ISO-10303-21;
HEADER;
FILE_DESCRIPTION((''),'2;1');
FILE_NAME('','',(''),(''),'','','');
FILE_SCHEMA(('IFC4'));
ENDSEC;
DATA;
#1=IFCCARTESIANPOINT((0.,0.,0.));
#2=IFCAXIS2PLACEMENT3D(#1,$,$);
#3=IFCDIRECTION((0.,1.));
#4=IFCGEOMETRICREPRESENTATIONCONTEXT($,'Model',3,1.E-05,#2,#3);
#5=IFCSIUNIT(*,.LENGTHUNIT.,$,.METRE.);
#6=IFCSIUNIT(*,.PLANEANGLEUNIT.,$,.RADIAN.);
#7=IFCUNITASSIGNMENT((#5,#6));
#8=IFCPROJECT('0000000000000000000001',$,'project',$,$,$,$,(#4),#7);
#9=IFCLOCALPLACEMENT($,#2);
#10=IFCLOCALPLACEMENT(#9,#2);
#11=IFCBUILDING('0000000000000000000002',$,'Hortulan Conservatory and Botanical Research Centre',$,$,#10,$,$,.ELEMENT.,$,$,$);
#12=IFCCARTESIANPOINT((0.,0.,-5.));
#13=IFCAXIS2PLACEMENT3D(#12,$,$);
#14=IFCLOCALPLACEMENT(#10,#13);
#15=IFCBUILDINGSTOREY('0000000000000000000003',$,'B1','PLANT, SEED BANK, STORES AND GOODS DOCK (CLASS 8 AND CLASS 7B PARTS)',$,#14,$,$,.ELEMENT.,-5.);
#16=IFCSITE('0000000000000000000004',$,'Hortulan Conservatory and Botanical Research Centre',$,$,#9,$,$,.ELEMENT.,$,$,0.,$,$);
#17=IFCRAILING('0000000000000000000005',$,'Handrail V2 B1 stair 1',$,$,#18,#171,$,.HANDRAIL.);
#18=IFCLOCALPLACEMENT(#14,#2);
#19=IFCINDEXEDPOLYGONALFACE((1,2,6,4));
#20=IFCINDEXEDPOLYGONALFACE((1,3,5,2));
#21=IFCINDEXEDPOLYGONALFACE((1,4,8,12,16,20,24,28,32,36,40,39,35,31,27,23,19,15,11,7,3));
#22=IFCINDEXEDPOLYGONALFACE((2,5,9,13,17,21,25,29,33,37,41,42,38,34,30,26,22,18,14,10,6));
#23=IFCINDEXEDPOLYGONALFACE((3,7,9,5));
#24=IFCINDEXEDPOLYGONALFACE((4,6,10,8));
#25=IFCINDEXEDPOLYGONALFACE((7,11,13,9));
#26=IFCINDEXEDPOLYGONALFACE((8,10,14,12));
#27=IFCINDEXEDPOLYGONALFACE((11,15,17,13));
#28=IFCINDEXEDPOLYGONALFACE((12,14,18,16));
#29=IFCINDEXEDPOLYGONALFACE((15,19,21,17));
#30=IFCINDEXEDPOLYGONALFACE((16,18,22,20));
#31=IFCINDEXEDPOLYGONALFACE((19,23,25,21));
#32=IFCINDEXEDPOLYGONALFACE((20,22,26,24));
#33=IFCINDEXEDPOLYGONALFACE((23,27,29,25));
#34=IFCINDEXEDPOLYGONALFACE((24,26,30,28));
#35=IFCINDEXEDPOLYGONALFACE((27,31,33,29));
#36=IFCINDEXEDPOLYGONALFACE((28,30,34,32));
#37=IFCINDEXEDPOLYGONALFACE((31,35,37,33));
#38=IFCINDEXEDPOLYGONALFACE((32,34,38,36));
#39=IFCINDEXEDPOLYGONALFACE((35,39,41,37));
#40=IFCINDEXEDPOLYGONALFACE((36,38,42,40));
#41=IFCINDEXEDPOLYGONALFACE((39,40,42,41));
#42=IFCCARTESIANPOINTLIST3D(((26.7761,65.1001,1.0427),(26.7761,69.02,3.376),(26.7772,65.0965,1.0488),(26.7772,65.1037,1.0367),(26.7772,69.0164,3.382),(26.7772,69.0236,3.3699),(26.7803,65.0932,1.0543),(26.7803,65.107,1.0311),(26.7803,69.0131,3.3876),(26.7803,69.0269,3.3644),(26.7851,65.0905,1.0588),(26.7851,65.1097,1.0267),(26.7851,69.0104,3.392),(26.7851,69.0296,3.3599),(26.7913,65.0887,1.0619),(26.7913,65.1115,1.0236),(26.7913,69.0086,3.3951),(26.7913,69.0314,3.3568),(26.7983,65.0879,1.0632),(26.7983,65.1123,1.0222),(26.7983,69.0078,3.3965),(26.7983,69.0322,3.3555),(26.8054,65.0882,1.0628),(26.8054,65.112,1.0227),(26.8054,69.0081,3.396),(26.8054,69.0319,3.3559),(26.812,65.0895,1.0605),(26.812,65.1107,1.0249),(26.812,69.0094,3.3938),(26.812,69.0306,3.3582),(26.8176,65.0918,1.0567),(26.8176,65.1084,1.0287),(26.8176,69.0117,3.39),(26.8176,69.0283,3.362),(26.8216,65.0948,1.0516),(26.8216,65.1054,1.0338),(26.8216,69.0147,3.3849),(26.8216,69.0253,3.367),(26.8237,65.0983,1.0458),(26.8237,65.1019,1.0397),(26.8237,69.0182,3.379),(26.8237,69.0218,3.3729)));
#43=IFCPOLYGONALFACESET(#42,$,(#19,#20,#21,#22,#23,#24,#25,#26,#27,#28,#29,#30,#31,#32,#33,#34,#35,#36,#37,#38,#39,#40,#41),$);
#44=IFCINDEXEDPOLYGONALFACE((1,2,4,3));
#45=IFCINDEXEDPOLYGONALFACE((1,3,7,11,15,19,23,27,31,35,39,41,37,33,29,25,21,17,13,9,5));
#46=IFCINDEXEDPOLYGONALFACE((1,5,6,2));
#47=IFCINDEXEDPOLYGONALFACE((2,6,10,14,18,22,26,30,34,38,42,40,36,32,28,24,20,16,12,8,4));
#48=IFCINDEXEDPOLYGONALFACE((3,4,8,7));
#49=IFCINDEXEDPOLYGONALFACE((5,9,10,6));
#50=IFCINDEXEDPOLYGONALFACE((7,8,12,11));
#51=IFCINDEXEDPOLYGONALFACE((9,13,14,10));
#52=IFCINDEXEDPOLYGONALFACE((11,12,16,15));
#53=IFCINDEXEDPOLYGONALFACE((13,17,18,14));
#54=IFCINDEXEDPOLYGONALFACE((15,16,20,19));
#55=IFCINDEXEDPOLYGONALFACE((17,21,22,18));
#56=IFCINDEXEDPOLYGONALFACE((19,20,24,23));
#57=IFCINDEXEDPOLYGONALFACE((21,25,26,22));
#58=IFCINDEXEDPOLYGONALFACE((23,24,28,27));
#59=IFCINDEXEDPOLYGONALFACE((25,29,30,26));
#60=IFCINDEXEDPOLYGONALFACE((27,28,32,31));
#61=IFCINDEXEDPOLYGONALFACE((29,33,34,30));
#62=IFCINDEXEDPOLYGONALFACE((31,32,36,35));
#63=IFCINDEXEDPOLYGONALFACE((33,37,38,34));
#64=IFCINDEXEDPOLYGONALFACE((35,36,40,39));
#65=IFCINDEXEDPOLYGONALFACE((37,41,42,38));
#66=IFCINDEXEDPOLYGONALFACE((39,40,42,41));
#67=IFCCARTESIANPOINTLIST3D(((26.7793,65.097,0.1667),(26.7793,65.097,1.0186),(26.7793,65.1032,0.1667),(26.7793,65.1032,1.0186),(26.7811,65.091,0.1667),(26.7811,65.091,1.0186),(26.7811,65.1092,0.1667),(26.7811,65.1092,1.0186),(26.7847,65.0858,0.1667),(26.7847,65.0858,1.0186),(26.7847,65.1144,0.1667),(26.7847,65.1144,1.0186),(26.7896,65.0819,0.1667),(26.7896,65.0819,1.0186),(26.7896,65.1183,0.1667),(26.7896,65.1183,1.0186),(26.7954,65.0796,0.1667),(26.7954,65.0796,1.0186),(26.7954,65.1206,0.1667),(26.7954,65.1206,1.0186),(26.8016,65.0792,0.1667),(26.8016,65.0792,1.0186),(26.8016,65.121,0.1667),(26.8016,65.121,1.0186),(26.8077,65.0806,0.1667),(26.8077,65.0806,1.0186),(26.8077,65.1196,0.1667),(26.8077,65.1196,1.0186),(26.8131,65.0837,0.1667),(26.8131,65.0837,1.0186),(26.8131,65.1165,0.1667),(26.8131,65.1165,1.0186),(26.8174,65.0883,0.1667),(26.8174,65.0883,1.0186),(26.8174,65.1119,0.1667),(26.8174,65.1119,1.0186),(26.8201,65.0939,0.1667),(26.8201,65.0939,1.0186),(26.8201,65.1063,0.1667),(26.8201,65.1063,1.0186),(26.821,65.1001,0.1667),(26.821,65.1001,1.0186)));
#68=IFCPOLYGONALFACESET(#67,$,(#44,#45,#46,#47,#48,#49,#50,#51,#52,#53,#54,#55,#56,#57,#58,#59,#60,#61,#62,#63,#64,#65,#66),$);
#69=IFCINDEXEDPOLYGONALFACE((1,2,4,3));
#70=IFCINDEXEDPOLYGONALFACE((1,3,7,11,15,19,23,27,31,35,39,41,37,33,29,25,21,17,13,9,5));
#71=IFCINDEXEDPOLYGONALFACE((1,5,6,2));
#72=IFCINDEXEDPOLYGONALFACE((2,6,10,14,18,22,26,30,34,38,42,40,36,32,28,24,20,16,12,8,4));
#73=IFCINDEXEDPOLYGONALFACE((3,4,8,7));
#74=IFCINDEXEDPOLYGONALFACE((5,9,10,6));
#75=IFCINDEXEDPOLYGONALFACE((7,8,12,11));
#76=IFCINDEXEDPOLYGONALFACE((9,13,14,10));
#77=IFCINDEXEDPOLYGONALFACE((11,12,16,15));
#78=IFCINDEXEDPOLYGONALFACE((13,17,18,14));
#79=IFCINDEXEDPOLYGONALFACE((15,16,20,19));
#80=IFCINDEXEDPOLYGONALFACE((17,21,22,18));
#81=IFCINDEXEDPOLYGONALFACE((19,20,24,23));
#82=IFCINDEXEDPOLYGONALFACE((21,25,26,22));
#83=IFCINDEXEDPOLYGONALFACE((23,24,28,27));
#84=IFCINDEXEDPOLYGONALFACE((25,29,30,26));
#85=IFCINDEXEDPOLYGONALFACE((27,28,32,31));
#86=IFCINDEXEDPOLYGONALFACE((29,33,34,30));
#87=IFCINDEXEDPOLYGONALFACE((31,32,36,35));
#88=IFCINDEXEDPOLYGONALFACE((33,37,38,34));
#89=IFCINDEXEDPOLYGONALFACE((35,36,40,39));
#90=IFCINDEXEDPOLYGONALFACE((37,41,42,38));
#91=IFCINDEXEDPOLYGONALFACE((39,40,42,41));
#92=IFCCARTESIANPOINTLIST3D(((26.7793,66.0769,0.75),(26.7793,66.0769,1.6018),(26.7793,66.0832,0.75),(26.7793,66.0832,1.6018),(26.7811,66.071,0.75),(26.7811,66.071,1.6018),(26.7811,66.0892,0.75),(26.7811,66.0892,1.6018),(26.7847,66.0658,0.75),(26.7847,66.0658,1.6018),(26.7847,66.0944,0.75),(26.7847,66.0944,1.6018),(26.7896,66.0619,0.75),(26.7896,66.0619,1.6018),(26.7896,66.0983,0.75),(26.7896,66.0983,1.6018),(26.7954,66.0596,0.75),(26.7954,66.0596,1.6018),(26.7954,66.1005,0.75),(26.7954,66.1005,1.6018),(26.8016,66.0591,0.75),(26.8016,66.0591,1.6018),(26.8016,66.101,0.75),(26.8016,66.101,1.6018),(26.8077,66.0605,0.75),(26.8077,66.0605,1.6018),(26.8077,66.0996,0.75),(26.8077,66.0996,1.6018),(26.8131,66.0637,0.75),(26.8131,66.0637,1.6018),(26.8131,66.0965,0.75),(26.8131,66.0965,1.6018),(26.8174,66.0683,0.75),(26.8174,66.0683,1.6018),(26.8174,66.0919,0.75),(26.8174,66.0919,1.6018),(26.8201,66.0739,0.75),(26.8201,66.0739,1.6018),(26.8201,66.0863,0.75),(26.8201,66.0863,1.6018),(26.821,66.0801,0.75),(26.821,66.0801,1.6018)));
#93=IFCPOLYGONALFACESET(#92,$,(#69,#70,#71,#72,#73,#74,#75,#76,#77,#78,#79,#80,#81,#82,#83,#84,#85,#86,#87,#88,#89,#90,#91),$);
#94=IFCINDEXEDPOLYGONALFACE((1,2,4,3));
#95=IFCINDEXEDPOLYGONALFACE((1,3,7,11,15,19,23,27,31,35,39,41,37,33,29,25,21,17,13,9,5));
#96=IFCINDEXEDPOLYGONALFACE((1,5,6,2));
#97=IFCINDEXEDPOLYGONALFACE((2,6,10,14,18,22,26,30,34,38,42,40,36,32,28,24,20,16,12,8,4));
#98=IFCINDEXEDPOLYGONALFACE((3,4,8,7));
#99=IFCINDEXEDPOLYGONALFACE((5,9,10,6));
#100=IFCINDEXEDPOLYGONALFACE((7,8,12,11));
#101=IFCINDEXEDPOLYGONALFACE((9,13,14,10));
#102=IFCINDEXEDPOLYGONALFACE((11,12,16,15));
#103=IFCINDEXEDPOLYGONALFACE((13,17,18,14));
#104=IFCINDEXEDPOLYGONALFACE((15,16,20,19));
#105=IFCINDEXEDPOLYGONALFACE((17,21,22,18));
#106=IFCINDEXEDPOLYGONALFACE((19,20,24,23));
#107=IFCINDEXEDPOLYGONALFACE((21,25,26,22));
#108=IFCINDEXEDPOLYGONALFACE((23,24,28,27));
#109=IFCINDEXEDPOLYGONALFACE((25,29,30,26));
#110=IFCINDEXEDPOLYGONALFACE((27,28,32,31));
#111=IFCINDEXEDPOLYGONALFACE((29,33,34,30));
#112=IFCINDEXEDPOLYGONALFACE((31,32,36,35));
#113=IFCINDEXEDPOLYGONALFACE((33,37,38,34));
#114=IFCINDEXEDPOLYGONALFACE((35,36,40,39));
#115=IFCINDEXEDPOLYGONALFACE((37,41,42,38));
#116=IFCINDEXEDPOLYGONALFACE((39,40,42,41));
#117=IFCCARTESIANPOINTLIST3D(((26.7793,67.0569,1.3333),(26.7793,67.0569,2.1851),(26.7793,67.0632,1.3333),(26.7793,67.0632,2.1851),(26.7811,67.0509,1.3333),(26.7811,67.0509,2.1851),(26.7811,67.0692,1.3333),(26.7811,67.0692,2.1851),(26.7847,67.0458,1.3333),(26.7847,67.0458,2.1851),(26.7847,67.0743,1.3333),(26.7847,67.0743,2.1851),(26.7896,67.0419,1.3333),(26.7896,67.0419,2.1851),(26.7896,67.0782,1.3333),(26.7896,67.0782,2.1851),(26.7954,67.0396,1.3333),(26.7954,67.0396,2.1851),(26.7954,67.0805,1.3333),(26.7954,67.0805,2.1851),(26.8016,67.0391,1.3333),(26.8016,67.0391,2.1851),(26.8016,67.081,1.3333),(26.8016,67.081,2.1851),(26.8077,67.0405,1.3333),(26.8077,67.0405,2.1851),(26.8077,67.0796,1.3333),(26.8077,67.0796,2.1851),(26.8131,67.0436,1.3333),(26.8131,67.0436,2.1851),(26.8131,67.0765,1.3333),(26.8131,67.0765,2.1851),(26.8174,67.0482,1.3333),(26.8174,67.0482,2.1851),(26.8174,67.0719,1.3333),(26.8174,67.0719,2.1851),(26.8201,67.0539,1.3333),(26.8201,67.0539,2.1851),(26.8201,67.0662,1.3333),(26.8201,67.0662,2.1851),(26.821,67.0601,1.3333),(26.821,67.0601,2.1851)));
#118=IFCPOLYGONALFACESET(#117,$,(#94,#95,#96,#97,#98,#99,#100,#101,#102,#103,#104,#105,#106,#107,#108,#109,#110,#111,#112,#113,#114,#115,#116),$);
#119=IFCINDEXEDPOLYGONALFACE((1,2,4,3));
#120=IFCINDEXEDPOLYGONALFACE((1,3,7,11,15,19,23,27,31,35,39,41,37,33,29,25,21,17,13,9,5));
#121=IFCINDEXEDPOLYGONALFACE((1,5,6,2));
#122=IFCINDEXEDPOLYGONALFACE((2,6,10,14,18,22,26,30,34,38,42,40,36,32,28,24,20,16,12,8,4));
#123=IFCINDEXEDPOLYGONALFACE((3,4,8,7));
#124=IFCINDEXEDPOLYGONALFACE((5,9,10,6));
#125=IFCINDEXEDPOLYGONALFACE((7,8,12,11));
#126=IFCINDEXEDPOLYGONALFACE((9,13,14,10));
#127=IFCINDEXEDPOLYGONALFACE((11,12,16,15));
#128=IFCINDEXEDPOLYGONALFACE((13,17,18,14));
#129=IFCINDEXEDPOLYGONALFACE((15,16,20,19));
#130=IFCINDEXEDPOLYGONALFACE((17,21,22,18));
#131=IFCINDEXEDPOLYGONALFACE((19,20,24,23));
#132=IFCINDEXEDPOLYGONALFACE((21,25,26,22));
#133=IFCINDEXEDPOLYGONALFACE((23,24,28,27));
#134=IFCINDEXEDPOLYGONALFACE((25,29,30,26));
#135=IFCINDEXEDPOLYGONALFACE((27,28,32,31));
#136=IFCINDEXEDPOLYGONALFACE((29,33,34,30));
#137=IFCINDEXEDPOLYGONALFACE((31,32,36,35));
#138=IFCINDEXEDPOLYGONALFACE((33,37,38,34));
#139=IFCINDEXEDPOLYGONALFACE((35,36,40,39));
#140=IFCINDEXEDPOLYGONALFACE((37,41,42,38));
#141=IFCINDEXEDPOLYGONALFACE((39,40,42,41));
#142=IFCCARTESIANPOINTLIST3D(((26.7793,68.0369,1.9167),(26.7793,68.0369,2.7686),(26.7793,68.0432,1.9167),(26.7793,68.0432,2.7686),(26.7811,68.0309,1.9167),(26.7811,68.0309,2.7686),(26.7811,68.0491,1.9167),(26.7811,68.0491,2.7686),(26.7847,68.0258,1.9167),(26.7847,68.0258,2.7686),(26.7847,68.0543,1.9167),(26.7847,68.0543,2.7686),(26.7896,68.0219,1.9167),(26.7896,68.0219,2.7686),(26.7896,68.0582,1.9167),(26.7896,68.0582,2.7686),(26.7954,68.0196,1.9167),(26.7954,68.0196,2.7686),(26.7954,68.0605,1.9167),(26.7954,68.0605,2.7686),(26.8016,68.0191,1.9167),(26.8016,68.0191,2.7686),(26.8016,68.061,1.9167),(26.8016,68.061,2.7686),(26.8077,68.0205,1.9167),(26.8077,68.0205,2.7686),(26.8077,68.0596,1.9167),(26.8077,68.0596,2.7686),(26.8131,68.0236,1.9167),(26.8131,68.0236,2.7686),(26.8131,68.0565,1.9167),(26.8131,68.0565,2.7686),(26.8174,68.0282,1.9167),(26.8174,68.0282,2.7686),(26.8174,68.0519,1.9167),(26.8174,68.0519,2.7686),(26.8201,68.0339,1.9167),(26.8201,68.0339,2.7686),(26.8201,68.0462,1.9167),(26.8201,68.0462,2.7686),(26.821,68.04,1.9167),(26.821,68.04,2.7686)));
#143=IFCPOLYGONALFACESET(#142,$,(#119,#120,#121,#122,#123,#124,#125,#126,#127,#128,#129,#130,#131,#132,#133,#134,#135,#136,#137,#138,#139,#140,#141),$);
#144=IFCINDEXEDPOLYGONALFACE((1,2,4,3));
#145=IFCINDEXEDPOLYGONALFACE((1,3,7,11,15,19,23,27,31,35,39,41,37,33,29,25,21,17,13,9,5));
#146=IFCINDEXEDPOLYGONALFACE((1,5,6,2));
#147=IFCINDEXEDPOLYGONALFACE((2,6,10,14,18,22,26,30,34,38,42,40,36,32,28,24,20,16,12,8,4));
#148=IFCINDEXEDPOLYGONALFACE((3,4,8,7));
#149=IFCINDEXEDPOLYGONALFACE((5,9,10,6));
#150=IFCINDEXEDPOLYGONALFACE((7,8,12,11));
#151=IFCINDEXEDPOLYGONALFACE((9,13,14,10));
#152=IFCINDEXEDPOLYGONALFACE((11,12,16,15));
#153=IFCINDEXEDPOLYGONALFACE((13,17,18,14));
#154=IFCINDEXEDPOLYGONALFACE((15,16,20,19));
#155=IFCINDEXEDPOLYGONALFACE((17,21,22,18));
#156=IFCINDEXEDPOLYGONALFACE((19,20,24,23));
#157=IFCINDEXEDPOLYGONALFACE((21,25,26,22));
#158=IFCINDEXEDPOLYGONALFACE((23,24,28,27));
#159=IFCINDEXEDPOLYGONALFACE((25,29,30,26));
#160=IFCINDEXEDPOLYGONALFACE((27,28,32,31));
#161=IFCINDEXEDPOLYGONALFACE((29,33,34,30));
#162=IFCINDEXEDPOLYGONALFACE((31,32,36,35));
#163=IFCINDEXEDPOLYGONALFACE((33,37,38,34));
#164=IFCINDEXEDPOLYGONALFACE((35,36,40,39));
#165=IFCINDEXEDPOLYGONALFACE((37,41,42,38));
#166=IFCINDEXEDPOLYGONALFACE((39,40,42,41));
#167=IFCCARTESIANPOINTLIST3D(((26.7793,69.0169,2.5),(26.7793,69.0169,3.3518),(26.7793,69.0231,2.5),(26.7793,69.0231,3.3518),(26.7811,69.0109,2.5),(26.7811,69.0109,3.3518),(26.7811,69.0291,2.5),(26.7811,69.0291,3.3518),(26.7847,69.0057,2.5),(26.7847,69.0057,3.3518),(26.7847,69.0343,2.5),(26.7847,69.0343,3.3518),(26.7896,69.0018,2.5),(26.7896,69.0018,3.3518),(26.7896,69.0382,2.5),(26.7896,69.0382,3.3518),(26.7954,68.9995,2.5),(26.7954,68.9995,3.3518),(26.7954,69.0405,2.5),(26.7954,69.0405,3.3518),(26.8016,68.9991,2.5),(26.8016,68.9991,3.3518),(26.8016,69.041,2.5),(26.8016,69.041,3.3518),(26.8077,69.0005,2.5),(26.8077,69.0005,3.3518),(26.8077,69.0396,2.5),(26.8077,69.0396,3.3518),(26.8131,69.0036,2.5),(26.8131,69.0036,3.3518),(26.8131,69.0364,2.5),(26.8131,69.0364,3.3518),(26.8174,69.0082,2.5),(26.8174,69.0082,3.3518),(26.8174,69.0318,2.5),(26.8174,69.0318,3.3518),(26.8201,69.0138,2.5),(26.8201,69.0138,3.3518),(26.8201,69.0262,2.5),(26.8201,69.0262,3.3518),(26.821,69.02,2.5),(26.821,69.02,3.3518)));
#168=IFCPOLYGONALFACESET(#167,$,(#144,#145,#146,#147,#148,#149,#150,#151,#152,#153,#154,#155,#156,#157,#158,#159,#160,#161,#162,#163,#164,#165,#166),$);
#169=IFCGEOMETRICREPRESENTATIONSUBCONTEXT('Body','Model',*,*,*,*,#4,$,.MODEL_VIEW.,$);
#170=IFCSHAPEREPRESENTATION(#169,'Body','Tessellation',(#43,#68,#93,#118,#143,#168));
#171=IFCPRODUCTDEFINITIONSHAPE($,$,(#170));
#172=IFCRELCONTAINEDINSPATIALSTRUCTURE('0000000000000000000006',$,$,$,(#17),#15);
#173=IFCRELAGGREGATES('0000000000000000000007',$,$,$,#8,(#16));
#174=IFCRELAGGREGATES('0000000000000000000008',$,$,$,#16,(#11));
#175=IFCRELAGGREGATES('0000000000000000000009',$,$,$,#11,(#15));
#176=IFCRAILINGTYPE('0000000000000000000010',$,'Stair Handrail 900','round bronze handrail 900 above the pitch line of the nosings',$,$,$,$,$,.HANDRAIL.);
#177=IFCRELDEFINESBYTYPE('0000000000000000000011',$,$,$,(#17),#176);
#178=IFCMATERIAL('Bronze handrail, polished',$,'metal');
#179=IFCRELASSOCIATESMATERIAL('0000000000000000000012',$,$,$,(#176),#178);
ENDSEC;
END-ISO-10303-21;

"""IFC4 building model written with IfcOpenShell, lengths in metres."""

from ifc_helpers import new_model, si_unit, direction, frame, origin, origin_2d, place, context, subcontext, project, spatial, circle, extrude, material, type_object, element, save


model = new_model("IFC4")

# Units and contexts
model_context = context("Model", 3, precision=1e-05, world=origin(), true_north=direction((0.0, 1.0)))
body_context = subcontext(model_context, "Body", "Model", "MODEL_VIEW")
ifc_project = project(units=[si_unit("LENGTHUNIT", "METRE"), si_unit("PLANEANGLEUNIT", "RADIAN")], contexts=[model_context])

# Site, building, storey
site_placement = place(None, origin())
site = spatial("IfcSite", under=ifc_project, at=site_placement, Name="Hortulan Conservatory and Botanical Research Centre", CompositionType="ELEMENT", RefElevation=0.0)
building_placement = place(site_placement, origin())
building = spatial("IfcBuilding", under=site, at=building_placement, Name="Hortulan Conservatory and Botanical Research Centre", CompositionType="ELEMENT")
storey_placement = place(building_placement, frame((0.0, 0.0, -5.0)))
storey = spatial("IfcBuildingStorey", under=building, at=storey_placement, Name="B1", Description="PLANT, SEED BANK, STORES AND GOODS DOCK (CLASS 8 AND CLASS 7B PARTS)", CompositionType="ELEMENT", Elevation=-5.0)

# Railing
ifc_material_1 = material(Name="Bronze handrail, polished", Category="metal")
railing_type_1 = type_object("IfcRailingType", Name="Stair Handrail 900", Description="round bronze handrail 900 above the pitch line of the nosings", PredefinedType="HANDRAIL", material=ifc_material_1)
railing_1_placement = place(storey_placement, frame((26.8, 65.1001, 0.1667)))
element("IfcRailing", 1, at=railing_1_placement, inside=storey, type_object=railing_type_1, Name="Handrail V2 B1 stair 1", PredefinedType="HANDRAIL", context=body_context, shape_type="SweptSolid", body=[
    extrude(circle(Radius=0.0239, at=origin_2d()), frame((0.0, 0.0, 0.876), z_axis=(0.0, 0.859296, 0.511478), x_axis=(-1.0, 0.0, 0.0)), (0.0, 0.0, 1.0), 4.5618),
    extrude(circle(Radius=0.021, at=origin_2d()), origin(), (0.0, 0.0, 1.0), 0.8518),
    extrude(circle(Radius=0.021, at=origin_2d()), frame((0.0, 0.98, 0.5833)), (0.0, 0.0, 1.0), 0.8518),
    extrude(circle(Radius=0.021, at=origin_2d()), frame((0.0, 1.96, 1.1665)), (0.0, 0.0, 1.0), 0.8518),
    extrude(circle(Radius=0.021, at=origin_2d()), frame((0.0, 2.9399, 1.75)), (0.0, 0.0, 1.0), 0.8518),
    extrude(circle(Radius=0.021, at=origin_2d()), frame((0.0, 3.9199, 2.3333)), (0.0, 0.0, 1.0), 0.8518),
])

save(model, "model.ifc")
